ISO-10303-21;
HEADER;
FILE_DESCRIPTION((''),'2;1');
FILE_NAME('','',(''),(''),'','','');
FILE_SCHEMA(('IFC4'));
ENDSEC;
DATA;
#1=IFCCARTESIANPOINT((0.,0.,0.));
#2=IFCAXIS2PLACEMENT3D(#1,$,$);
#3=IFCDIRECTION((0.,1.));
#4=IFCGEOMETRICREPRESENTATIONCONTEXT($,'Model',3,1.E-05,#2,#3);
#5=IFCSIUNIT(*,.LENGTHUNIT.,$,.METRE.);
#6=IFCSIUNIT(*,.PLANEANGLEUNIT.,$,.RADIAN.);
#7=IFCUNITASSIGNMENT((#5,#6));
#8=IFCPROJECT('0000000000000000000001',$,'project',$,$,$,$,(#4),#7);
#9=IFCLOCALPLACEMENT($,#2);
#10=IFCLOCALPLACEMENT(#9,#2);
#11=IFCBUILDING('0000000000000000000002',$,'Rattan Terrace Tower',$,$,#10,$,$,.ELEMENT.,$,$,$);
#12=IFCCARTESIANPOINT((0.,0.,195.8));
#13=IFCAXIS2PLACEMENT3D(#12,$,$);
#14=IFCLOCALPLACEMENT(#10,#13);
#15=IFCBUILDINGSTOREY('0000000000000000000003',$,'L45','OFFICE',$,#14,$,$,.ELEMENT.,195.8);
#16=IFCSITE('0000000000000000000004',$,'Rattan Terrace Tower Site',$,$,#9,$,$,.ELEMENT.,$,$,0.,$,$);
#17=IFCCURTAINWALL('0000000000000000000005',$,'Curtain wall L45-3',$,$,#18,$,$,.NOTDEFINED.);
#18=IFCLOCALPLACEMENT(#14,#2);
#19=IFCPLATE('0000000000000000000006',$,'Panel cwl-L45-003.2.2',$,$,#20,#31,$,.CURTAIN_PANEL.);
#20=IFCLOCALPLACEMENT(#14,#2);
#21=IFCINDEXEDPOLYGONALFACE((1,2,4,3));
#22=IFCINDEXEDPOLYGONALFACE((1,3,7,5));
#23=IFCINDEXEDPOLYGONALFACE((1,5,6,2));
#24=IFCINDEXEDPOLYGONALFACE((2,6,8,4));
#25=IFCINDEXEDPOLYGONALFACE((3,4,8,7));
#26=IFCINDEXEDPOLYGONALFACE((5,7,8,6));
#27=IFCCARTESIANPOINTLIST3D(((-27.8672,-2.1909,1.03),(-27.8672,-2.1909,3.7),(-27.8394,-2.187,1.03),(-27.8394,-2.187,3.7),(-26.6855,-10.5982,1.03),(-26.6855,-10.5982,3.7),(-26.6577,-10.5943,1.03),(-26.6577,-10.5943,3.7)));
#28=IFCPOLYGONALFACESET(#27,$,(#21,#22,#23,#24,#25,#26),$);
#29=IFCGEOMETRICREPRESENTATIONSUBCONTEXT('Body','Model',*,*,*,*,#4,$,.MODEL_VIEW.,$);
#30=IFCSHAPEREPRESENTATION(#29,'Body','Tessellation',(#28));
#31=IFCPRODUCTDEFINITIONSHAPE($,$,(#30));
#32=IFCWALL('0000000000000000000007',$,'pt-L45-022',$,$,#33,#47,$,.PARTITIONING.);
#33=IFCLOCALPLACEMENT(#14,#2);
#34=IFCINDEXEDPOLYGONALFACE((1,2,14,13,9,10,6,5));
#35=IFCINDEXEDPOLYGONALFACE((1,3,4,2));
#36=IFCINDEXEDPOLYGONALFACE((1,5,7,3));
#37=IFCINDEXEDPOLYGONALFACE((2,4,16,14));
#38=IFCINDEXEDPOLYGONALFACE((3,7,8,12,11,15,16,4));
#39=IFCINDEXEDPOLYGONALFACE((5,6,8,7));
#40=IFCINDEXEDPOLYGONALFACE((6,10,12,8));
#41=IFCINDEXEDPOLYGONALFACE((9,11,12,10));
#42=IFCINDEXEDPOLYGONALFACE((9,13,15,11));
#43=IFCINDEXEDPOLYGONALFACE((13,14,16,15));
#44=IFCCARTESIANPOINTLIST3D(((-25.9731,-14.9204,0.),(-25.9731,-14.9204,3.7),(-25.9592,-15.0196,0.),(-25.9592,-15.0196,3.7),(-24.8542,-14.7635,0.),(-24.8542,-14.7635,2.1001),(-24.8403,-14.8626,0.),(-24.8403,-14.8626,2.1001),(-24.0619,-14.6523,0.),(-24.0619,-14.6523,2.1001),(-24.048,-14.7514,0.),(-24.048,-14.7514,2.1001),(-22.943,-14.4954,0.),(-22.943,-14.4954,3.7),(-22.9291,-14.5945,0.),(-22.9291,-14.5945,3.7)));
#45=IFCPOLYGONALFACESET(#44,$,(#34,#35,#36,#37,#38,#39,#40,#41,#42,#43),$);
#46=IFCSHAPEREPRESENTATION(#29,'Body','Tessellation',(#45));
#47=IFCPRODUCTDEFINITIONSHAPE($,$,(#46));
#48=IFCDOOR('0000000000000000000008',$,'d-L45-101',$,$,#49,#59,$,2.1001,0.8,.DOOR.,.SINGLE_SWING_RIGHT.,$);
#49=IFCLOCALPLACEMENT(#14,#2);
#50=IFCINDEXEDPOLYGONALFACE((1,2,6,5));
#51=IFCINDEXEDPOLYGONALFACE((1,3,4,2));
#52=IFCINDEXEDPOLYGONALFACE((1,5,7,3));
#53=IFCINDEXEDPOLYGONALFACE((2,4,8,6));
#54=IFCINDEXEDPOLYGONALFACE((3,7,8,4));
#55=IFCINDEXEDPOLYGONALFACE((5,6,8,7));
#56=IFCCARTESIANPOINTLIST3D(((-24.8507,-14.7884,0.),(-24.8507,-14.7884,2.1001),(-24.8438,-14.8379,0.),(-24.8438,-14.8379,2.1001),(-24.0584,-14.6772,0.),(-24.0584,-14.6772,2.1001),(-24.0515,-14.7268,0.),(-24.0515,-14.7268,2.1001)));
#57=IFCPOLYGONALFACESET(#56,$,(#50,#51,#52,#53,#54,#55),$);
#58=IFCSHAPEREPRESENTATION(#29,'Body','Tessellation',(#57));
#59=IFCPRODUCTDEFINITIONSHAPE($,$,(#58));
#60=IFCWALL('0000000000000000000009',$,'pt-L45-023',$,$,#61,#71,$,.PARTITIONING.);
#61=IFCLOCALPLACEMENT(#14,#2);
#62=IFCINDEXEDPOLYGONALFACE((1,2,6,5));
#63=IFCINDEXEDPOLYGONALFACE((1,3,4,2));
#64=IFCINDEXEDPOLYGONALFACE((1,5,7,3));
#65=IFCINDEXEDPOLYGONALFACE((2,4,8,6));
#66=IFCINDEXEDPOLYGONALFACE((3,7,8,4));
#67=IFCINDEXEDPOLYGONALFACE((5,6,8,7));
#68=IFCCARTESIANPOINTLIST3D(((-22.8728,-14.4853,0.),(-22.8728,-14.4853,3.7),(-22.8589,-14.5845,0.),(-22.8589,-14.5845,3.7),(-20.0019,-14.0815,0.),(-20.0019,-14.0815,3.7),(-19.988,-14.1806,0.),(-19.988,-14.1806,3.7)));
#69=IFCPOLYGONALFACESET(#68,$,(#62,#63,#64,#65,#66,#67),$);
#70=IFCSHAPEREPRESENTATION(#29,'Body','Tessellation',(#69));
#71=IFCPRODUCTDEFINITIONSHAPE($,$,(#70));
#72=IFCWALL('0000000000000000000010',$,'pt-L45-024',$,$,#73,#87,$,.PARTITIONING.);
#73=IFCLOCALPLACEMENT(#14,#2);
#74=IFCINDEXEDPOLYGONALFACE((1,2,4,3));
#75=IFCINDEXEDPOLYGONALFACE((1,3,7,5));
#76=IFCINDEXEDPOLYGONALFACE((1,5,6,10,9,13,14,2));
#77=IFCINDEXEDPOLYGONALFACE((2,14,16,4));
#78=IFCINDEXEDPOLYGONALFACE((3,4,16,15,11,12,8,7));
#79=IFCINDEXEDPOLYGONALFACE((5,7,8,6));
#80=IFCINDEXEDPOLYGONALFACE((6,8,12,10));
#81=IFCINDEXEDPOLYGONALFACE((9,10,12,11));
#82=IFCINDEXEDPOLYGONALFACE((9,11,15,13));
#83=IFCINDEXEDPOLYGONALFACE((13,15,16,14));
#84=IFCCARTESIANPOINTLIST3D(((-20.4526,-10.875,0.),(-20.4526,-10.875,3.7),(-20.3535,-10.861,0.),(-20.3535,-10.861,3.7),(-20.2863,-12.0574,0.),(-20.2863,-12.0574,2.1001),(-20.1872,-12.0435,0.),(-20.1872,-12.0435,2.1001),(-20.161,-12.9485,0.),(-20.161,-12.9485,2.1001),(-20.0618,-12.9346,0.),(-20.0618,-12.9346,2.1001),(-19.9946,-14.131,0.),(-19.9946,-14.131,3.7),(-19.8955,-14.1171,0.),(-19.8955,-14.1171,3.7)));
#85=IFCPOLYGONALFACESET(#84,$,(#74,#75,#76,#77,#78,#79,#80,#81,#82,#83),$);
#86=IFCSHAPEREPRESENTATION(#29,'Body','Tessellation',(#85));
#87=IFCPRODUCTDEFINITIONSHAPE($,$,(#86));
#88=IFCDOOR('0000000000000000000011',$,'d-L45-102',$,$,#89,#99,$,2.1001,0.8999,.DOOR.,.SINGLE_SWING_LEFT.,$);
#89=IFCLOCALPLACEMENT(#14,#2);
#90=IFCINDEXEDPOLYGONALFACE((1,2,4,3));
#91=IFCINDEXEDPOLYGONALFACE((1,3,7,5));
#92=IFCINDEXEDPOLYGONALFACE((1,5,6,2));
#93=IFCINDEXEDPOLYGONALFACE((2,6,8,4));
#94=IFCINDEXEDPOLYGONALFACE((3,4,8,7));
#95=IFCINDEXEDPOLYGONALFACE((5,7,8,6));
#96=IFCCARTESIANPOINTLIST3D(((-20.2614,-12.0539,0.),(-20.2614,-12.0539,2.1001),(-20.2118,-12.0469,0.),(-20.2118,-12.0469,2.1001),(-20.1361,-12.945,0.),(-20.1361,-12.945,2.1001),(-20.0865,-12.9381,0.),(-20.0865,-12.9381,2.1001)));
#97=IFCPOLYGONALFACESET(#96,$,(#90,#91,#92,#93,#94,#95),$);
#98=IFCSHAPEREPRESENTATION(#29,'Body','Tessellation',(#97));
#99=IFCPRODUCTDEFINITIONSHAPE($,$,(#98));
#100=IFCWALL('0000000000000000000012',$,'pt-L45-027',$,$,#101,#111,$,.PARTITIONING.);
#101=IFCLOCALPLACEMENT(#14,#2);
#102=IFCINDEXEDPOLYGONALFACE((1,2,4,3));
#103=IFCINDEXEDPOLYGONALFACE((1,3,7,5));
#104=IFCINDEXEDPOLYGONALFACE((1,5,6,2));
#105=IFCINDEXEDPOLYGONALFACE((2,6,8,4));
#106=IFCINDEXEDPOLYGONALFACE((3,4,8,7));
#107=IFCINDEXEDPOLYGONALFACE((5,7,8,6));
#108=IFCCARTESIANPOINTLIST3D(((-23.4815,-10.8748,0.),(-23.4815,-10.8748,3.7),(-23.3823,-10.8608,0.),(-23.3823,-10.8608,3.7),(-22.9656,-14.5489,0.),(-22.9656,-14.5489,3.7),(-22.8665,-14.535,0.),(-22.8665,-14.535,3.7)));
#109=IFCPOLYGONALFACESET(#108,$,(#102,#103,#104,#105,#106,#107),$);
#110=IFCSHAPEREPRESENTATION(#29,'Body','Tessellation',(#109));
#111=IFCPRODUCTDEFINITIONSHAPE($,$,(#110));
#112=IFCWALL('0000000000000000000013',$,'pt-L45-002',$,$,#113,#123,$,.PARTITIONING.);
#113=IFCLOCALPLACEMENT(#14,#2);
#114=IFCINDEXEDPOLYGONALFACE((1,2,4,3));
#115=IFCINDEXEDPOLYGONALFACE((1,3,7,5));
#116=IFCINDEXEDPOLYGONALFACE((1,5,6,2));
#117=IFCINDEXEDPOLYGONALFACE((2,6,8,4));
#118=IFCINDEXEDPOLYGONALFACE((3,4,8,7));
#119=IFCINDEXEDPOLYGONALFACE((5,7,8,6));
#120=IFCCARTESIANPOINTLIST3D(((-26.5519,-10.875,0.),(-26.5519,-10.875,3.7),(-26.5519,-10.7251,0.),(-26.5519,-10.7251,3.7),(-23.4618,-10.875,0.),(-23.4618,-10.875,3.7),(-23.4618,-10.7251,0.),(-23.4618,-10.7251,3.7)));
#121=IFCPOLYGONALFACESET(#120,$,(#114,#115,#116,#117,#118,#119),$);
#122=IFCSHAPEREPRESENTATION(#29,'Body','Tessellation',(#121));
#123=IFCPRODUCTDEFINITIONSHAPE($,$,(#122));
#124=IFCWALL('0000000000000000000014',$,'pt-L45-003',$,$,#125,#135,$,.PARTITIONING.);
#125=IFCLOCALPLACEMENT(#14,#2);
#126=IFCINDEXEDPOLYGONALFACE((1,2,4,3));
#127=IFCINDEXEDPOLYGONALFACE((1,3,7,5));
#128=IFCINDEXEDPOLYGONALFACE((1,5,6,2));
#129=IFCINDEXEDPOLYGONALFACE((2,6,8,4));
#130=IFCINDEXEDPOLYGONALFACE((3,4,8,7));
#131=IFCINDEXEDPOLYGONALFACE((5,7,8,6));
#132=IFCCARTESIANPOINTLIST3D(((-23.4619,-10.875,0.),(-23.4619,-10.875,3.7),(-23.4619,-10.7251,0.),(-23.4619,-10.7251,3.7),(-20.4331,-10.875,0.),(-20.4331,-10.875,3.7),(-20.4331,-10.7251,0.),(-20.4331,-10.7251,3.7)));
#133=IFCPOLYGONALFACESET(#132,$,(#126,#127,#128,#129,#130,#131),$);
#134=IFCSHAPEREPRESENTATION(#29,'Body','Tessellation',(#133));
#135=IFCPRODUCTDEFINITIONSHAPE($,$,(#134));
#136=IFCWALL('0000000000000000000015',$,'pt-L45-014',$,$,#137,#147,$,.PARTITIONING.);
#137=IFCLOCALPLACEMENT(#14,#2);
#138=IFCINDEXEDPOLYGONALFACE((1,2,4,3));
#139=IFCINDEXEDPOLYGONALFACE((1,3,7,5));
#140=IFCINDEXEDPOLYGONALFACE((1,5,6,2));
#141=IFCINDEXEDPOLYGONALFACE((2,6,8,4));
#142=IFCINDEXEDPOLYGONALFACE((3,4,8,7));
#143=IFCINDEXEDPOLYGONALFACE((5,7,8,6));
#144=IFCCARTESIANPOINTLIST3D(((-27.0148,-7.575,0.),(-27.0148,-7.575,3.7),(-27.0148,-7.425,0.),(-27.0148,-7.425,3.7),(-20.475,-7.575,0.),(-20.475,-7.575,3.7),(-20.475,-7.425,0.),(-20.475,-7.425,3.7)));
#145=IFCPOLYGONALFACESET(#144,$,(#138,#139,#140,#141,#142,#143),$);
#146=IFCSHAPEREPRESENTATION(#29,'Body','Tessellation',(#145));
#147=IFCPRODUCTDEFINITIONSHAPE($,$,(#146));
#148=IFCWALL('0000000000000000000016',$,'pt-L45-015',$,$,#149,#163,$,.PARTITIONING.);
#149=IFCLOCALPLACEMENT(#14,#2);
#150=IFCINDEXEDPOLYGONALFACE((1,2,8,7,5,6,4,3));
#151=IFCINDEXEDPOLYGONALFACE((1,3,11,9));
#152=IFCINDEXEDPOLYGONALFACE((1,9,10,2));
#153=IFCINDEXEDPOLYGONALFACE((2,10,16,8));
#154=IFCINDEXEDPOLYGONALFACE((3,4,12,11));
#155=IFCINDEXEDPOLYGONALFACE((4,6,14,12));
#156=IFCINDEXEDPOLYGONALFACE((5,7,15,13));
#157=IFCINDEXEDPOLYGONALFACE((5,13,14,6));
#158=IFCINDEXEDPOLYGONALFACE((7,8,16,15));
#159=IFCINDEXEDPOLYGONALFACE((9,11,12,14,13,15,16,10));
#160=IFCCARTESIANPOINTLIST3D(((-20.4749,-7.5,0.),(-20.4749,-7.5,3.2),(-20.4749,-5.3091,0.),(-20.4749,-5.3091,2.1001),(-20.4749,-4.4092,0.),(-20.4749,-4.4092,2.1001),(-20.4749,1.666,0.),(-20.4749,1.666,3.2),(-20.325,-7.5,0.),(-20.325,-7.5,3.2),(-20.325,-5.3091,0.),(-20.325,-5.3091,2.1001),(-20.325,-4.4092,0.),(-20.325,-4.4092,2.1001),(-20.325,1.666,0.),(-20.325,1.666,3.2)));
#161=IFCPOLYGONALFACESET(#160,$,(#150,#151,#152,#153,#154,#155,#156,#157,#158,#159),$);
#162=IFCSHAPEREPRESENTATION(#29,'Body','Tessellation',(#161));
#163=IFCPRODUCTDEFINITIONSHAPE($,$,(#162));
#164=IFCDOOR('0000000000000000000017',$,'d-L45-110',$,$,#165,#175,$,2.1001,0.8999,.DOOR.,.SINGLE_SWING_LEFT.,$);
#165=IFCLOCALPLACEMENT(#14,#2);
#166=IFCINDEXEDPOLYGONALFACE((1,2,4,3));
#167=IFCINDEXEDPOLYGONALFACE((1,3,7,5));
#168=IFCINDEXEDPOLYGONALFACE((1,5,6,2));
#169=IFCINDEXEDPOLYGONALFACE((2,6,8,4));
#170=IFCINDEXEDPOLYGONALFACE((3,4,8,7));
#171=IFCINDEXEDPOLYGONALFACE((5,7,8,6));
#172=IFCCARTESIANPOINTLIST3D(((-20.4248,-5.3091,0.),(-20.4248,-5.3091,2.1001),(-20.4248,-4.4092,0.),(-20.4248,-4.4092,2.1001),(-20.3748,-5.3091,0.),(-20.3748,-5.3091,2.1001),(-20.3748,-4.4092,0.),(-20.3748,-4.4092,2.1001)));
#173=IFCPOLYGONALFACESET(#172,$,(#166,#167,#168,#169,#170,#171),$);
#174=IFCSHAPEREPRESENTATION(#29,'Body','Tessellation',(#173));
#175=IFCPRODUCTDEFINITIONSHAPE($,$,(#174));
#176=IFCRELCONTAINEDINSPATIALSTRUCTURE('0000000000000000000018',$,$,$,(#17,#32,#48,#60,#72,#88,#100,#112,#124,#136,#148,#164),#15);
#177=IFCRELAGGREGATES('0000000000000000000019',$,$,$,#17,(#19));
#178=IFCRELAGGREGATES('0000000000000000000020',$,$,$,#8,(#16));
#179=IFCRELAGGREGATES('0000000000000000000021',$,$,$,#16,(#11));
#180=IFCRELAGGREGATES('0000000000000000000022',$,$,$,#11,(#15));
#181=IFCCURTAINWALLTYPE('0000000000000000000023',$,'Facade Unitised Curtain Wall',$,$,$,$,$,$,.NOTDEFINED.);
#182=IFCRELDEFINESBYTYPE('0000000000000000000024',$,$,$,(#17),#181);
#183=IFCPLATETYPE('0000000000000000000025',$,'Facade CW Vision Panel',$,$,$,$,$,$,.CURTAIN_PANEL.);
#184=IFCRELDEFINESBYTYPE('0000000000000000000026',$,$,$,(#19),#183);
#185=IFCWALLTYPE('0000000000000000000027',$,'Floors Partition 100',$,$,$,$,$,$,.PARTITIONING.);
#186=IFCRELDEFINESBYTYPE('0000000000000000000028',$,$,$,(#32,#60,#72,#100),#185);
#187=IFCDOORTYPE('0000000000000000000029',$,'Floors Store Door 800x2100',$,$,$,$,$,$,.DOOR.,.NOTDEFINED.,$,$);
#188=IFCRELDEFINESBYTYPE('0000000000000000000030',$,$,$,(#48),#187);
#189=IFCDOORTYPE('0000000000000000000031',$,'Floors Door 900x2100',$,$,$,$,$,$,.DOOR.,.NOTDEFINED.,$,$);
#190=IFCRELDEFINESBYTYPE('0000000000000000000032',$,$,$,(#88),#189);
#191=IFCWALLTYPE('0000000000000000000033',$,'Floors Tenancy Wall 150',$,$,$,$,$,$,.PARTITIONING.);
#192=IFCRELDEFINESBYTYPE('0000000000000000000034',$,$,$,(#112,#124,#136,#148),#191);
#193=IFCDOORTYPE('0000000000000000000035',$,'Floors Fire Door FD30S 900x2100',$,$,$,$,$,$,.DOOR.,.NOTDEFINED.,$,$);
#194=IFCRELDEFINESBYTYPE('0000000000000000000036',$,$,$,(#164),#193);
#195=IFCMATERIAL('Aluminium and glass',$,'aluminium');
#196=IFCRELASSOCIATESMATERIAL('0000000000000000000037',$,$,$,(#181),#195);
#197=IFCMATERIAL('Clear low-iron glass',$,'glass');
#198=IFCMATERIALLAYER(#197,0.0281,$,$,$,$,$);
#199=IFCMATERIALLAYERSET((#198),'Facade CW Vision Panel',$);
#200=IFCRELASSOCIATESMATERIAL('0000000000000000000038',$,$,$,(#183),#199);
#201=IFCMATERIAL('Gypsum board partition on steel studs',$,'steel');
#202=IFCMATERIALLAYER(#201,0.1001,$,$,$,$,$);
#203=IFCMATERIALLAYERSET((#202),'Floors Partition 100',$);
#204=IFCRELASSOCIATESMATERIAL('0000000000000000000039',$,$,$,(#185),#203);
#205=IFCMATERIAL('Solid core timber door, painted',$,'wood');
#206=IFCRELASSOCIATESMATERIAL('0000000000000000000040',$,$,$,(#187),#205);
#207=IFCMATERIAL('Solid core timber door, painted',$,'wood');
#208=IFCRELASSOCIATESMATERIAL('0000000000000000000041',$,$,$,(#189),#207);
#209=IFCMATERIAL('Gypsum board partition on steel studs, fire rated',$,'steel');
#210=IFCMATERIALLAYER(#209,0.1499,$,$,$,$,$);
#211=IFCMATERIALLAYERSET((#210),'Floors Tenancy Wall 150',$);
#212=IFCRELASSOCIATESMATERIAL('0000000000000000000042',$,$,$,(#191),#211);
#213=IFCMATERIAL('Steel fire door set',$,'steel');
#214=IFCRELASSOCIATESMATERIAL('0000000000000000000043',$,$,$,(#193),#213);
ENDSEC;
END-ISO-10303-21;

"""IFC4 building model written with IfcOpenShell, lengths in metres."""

from ifc_helpers import new_model, si_unit, direction, frame, frame_2d, origin, origin_2d, place, context, subcontext, project, spatial, rectangle, extrude, material, layer, layer_set, type_object, element, fill, aggregate, save


model = new_model("IFC4")

# Units and contexts
model_context = context("Model", 3, precision=1e-05, world=origin(), true_north=direction((0.0, 1.0)))
body_context = subcontext(model_context, "Body", "Model", "MODEL_VIEW")
ifc_project = project(units=[si_unit("LENGTHUNIT", "METRE"), si_unit("PLANEANGLEUNIT", "RADIAN")], contexts=[model_context])

# Site, building, storey
site_placement = place(None, origin())
site = spatial("IfcSite", under=ifc_project, at=site_placement, Name="Rattan Terrace Tower Site", CompositionType="ELEMENT", RefElevation=0.0)
building_placement = place(site_placement, origin())
building = spatial("IfcBuilding", under=site, at=building_placement, Name="Rattan Terrace Tower", CompositionType="ELEMENT")
storey_placement = place(building_placement, frame((0.0, 0.0, 195.8)))
storey = spatial("IfcBuildingStorey", under=building, at=storey_placement, Name="L45", Description="OFFICE", CompositionType="ELEMENT", Elevation=195.8)

# Curtain wall
ifc_material_1 = material(Name="Aluminium and glass", Category="aluminium")
curtain_wall_type = type_object("IfcCurtainWallType", Name="Facade Unitised Curtain Wall", PredefinedType="NOTDEFINED", material=ifc_material_1)
curtain_wall_placement = place(storey_placement, origin())
curtain_wall = element("IfcCurtainWall", 1, at=curtain_wall_placement, inside=storey, type_object=curtain_wall_type, Name="Curtain wall L45-3", PredefinedType="NOTDEFINED")

# Plate
ifc_material_2 = material(Name="Clear low-iron glass", Category="glass")
ifc_layer_1 = layer(ifc_material_2, 0.0281)
ifc_layer_set_1 = layer_set([ifc_layer_1], Name="Facade CW Vision Panel")
plate_type_1 = type_object("IfcPlateType", Name="Facade CW Vision Panel", PredefinedType="CURTAIN_PANEL", material=ifc_layer_set_1)
plate_1_placement = place(storey_placement, frame((-27.2625, -6.3926, 1.03), z_axis=(0.0, 0.0, 1.0), x_axis=(0.139191, -0.990266, 0.0)))
plate_1 = element("IfcPlate", 2, at=plate_1_placement, type_object=plate_type_1, Name="Panel cwl-L45-003.2.2", PredefinedType="CURTAIN_PANEL", context=body_context, shape_type="SweptSolid", body=[
    extrude(rectangle(XDim=8.49, YDim=0.0281, at=origin_2d()), origin(), (0.0, 0.0, 1.0), 2.6699),
])
aggregate(curtain_wall, [plate_1])

# Wall, opening, door
ifc_material_3 = material(Name="Gypsum board partition on steel studs", Category="steel")
ifc_layer_2 = layer(ifc_material_3, 0.1001)
ifc_layer_set_2 = layer_set([ifc_layer_2], Name="Floors Partition 100")
wall_type_1 = type_object("IfcWallType", Name="Floors Partition 100", PredefinedType="PARTITIONING", material=ifc_layer_set_2)
wall_1_placement = place(storey_placement, frame((-25.9661, -14.97, 0.0), z_axis=(0.0, 0.0, 1.0), x_axis=(0.990304, 0.138919, 0.0)))
wall_1 = element("IfcWall", 3, at=wall_1_placement, inside=storey, type_object=wall_type_1, Name="pt-L45-022", PredefinedType="PARTITIONING", context=body_context, shape_type="SweptSolid", body=[
    extrude(rectangle(XDim=3.0598, YDim=0.1001, at=frame_2d((1.5298, 0.0))), origin(), (0.0, 0.0, 1.0), 3.7),
])
opening_1_placement = place(wall_1_placement, frame((1.1299, 0.0, 0.0)))
opening_1 = element("IfcOpeningElement", 4, at=opening_1_placement, cuts=wall_1, PredefinedType="OPENING", context=body_context, shape_type="SweptSolid", body=[
    extrude(rectangle(XDim=0.8, YDim=2.1001, at=frame_2d((0.3999, 1.05))), frame((0.0, 0.0605, 0.0), z_axis=(0.0, -1.0, 0.0), x_axis=(1.0, 0.0, 0.0)), (0.0, 0.0, 1.0), 0.1211),
])
ifc_material_4 = material(Name="Solid core timber door, painted", Category="wood")
door_type_1 = type_object("IfcDoorType", Name="Floors Store Door 800x2100", OperationType="NOTDEFINED", PredefinedType="DOOR", material=ifc_material_4)
door_1_placement = place(opening_1_placement, origin())
door_1 = element("IfcDoor", 5, at=door_1_placement, inside=storey, type_object=door_type_1, Name="d-L45-101", OperationType="SINGLE_SWING_RIGHT", OverallHeight=2.1001, OverallWidth=0.8, PredefinedType="DOOR", context=body_context, shape_type="SweptSolid", body=[
    extrude(rectangle(XDim=0.8, YDim=2.1001, at=frame_2d((0.3999, 1.05))), frame((0.0, 0.0249, 0.0), z_axis=(0.0, -1.0, 0.0), x_axis=(1.0, 0.0, 0.0)), (0.0, 0.0, 1.0), 0.05),
])
fill(opening_1, door_1)

# Wall
wall_2_placement = place(storey_placement, frame((-22.866, -14.5349, 0.0), z_axis=(0.0, 0.0, 1.0), x_axis=(0.990252, 0.139287, 0.0)))
element("IfcWall", 6, at=wall_2_placement, inside=storey, type_object=wall_type_1, Name="pt-L45-023", PredefinedType="PARTITIONING", context=body_context, shape_type="SweptSolid", body=[
    extrude(rectangle(XDim=2.8992, YDim=0.1001, at=frame_2d((1.4497, 0.0))), origin(), (0.0, 0.0, 1.0), 3.7),
])

# Wall, opening, door
wall_3_placement = place(storey_placement, frame((-19.9451, -14.124, 0.0), z_axis=(0.0, 0.0, 1.0), x_axis=(-0.13929, 0.990252, 0.0)))
wall_3 = element("IfcWall", 7, at=wall_3_placement, inside=storey, type_object=wall_type_1, Name="pt-L45-024", PredefinedType="PARTITIONING", context=body_context, shape_type="SweptSolid", body=[
    extrude(rectangle(XDim=3.2881, YDim=0.1001, at=frame_2d((1.644, 0.0))), origin(), (0.0, 0.0, 1.0), 3.7),
])
opening_2_placement = place(wall_3_placement, frame((1.1941, 0.0, 0.0)))
opening_2 = element("IfcOpeningElement", 8, at=opening_2_placement, cuts=wall_3, PredefinedType="OPENING", context=body_context, shape_type="SweptSolid", body=[
    extrude(rectangle(XDim=0.8999, YDim=2.1001, at=frame_2d((0.45, 1.05))), frame((0.0, 0.0605, 0.0), z_axis=(0.0, -1.0, 0.0), x_axis=(1.0, 0.0, 0.0)), (0.0, 0.0, 1.0), 0.1211),
])
ifc_material_5 = material(Name="Solid core timber door, painted", Category="wood")
door_type_2 = type_object("IfcDoorType", Name="Floors Door 900x2100", OperationType="NOTDEFINED", PredefinedType="DOOR", material=ifc_material_5)
door_2_placement = place(opening_2_placement, origin())
door_2 = element("IfcDoor", 9, at=door_2_placement, inside=storey, type_object=door_type_2, Name="d-L45-102", OperationType="SINGLE_SWING_LEFT", OverallHeight=2.1001, OverallWidth=0.8999, PredefinedType="DOOR", context=body_context, shape_type="SweptSolid", body=[
    extrude(rectangle(XDim=0.8999, YDim=2.1001, at=frame_2d((0.45, 1.05))), frame((0.0, 0.0249, 0.0), z_axis=(0.0, -1.0, 0.0), x_axis=(1.0, 0.0, 0.0)), (0.0, 0.0, 1.0), 0.05),
])
fill(opening_2, door_2)

# Walls
wall_4_placement = place(storey_placement, frame((-23.4319, -10.8679, 0.0), z_axis=(0.0, 0.0, 1.0), x_axis=(0.139044, -0.990286, 0.0)))
element("IfcWall", 10, at=wall_4_placement, inside=storey, type_object=wall_type_1, Name="pt-L45-027", PredefinedType="PARTITIONING", context=body_context, shape_type="SweptSolid", body=[
    extrude(rectangle(XDim=3.7102, YDim=0.1001, at=frame_2d((1.855, 0.0))), origin(), (0.0, 0.0, 1.0), 3.7),
])
ifc_material_6 = material(Name="Gypsum board partition on steel studs, fire rated", Category="steel")
ifc_layer_3 = layer(ifc_material_6, 0.1499)
ifc_layer_set_3 = layer_set([ifc_layer_3], Name="Floors Tenancy Wall 150")
wall_type_2 = type_object("IfcWallType", Name="Floors Tenancy Wall 150", PredefinedType="PARTITIONING", material=ifc_layer_set_3)
wall_5_placement = place(storey_placement, frame((-23.4619, -10.8, 0.0), z_axis=(0.0, 0.0, 1.0), x_axis=(-1.0, 0.0, 0.0)))
element("IfcWall", 11, at=wall_5_placement, inside=storey, type_object=wall_type_2, Name="pt-L45-002", PredefinedType="PARTITIONING", context=body_context, shape_type="SweptSolid", body=[
    extrude(rectangle(XDim=3.0901, YDim=0.1499, at=frame_2d((1.5449, 0.0))), origin(), (0.0, 0.0, 1.0), 3.7),
])
wall_6_placement = place(storey_placement, frame((-20.4331, -10.8, 0.0), z_axis=(0.0, 0.0, 1.0), x_axis=(-1.0, 0.0, 0.0)))
element("IfcWall", 12, at=wall_6_placement, inside=storey, type_object=wall_type_2, Name="pt-L45-003", PredefinedType="PARTITIONING", context=body_context, shape_type="SweptSolid", body=[
    extrude(rectangle(XDim=3.0288, YDim=0.1499, at=frame_2d((1.5144, 0.0))), origin(), (0.0, 0.0, 1.0), 3.7),
])
wall_7_placement = place(storey_placement, frame((-27.0149, -7.5, 0.0), z_axis=(0.0, 0.0, 1.0), x_axis=(1.0, 0.0, 0.0)))
element("IfcWall", 13, at=wall_7_placement, inside=storey, type_object=wall_type_2, Name="pt-L45-014", PredefinedType="PARTITIONING", context=body_context, shape_type="SweptSolid", body=[
    extrude(rectangle(XDim=6.5398, YDim=0.1499, at=frame_2d((3.27, 0.0))), origin(), (0.0, 0.0, 1.0), 3.7),
])

# Wall, opening, door
wall_8_placement = place(storey_placement, frame((-20.3999, -7.5, 0.0), z_axis=(0.0, 0.0, 1.0), x_axis=(0.0, 1.0, 0.0)))
wall_8 = element("IfcWall", 14, at=wall_8_placement, inside=storey, type_object=wall_type_2, Name="pt-L45-015", PredefinedType="PARTITIONING", context=body_context, shape_type="SweptSolid", body=[
    extrude(rectangle(XDim=9.166, YDim=0.1499, at=frame_2d((4.583, 0.0))), origin(), (0.0, 0.0, 1.0), 3.2),
])
opening_3_placement = place(wall_8_placement, frame((2.1909, 0.0, 0.0)))
opening_3 = element("IfcOpeningElement", 15, at=opening_3_placement, cuts=wall_8, PredefinedType="OPENING", context=body_context, shape_type="SweptSolid", body=[
    extrude(rectangle(XDim=0.8999, YDim=2.1001, at=frame_2d((0.45, 1.05))), frame((0.0, 0.0854, 0.0), z_axis=(0.0, -1.0, 0.0), x_axis=(1.0, 0.0, 0.0)), (0.0, 0.0, 1.0), 0.1709),
])
ifc_material_7 = material(Name="Steel fire door set", Category="steel")
door_type_3 = type_object("IfcDoorType", Name="Floors Fire Door FD30S 900x2100", OperationType="NOTDEFINED", PredefinedType="DOOR", material=ifc_material_7)
door_3_placement = place(opening_3_placement, origin())
door_3 = element("IfcDoor", 16, at=door_3_placement, inside=storey, type_object=door_type_3, Name="d-L45-110", OperationType="SINGLE_SWING_LEFT", OverallHeight=2.1001, OverallWidth=0.8999, PredefinedType="DOOR", context=body_context, shape_type="SweptSolid", body=[
    extrude(rectangle(XDim=0.8999, YDim=2.1001, at=frame_2d((0.45, 1.05))), frame((0.0, 0.0249, 0.0), z_axis=(0.0, -1.0, 0.0), x_axis=(1.0, 0.0, 0.0)), (0.0, 0.0, 1.0), 0.05),
])
fill(opening_3, door_3)

save(model, "model.ifc")
